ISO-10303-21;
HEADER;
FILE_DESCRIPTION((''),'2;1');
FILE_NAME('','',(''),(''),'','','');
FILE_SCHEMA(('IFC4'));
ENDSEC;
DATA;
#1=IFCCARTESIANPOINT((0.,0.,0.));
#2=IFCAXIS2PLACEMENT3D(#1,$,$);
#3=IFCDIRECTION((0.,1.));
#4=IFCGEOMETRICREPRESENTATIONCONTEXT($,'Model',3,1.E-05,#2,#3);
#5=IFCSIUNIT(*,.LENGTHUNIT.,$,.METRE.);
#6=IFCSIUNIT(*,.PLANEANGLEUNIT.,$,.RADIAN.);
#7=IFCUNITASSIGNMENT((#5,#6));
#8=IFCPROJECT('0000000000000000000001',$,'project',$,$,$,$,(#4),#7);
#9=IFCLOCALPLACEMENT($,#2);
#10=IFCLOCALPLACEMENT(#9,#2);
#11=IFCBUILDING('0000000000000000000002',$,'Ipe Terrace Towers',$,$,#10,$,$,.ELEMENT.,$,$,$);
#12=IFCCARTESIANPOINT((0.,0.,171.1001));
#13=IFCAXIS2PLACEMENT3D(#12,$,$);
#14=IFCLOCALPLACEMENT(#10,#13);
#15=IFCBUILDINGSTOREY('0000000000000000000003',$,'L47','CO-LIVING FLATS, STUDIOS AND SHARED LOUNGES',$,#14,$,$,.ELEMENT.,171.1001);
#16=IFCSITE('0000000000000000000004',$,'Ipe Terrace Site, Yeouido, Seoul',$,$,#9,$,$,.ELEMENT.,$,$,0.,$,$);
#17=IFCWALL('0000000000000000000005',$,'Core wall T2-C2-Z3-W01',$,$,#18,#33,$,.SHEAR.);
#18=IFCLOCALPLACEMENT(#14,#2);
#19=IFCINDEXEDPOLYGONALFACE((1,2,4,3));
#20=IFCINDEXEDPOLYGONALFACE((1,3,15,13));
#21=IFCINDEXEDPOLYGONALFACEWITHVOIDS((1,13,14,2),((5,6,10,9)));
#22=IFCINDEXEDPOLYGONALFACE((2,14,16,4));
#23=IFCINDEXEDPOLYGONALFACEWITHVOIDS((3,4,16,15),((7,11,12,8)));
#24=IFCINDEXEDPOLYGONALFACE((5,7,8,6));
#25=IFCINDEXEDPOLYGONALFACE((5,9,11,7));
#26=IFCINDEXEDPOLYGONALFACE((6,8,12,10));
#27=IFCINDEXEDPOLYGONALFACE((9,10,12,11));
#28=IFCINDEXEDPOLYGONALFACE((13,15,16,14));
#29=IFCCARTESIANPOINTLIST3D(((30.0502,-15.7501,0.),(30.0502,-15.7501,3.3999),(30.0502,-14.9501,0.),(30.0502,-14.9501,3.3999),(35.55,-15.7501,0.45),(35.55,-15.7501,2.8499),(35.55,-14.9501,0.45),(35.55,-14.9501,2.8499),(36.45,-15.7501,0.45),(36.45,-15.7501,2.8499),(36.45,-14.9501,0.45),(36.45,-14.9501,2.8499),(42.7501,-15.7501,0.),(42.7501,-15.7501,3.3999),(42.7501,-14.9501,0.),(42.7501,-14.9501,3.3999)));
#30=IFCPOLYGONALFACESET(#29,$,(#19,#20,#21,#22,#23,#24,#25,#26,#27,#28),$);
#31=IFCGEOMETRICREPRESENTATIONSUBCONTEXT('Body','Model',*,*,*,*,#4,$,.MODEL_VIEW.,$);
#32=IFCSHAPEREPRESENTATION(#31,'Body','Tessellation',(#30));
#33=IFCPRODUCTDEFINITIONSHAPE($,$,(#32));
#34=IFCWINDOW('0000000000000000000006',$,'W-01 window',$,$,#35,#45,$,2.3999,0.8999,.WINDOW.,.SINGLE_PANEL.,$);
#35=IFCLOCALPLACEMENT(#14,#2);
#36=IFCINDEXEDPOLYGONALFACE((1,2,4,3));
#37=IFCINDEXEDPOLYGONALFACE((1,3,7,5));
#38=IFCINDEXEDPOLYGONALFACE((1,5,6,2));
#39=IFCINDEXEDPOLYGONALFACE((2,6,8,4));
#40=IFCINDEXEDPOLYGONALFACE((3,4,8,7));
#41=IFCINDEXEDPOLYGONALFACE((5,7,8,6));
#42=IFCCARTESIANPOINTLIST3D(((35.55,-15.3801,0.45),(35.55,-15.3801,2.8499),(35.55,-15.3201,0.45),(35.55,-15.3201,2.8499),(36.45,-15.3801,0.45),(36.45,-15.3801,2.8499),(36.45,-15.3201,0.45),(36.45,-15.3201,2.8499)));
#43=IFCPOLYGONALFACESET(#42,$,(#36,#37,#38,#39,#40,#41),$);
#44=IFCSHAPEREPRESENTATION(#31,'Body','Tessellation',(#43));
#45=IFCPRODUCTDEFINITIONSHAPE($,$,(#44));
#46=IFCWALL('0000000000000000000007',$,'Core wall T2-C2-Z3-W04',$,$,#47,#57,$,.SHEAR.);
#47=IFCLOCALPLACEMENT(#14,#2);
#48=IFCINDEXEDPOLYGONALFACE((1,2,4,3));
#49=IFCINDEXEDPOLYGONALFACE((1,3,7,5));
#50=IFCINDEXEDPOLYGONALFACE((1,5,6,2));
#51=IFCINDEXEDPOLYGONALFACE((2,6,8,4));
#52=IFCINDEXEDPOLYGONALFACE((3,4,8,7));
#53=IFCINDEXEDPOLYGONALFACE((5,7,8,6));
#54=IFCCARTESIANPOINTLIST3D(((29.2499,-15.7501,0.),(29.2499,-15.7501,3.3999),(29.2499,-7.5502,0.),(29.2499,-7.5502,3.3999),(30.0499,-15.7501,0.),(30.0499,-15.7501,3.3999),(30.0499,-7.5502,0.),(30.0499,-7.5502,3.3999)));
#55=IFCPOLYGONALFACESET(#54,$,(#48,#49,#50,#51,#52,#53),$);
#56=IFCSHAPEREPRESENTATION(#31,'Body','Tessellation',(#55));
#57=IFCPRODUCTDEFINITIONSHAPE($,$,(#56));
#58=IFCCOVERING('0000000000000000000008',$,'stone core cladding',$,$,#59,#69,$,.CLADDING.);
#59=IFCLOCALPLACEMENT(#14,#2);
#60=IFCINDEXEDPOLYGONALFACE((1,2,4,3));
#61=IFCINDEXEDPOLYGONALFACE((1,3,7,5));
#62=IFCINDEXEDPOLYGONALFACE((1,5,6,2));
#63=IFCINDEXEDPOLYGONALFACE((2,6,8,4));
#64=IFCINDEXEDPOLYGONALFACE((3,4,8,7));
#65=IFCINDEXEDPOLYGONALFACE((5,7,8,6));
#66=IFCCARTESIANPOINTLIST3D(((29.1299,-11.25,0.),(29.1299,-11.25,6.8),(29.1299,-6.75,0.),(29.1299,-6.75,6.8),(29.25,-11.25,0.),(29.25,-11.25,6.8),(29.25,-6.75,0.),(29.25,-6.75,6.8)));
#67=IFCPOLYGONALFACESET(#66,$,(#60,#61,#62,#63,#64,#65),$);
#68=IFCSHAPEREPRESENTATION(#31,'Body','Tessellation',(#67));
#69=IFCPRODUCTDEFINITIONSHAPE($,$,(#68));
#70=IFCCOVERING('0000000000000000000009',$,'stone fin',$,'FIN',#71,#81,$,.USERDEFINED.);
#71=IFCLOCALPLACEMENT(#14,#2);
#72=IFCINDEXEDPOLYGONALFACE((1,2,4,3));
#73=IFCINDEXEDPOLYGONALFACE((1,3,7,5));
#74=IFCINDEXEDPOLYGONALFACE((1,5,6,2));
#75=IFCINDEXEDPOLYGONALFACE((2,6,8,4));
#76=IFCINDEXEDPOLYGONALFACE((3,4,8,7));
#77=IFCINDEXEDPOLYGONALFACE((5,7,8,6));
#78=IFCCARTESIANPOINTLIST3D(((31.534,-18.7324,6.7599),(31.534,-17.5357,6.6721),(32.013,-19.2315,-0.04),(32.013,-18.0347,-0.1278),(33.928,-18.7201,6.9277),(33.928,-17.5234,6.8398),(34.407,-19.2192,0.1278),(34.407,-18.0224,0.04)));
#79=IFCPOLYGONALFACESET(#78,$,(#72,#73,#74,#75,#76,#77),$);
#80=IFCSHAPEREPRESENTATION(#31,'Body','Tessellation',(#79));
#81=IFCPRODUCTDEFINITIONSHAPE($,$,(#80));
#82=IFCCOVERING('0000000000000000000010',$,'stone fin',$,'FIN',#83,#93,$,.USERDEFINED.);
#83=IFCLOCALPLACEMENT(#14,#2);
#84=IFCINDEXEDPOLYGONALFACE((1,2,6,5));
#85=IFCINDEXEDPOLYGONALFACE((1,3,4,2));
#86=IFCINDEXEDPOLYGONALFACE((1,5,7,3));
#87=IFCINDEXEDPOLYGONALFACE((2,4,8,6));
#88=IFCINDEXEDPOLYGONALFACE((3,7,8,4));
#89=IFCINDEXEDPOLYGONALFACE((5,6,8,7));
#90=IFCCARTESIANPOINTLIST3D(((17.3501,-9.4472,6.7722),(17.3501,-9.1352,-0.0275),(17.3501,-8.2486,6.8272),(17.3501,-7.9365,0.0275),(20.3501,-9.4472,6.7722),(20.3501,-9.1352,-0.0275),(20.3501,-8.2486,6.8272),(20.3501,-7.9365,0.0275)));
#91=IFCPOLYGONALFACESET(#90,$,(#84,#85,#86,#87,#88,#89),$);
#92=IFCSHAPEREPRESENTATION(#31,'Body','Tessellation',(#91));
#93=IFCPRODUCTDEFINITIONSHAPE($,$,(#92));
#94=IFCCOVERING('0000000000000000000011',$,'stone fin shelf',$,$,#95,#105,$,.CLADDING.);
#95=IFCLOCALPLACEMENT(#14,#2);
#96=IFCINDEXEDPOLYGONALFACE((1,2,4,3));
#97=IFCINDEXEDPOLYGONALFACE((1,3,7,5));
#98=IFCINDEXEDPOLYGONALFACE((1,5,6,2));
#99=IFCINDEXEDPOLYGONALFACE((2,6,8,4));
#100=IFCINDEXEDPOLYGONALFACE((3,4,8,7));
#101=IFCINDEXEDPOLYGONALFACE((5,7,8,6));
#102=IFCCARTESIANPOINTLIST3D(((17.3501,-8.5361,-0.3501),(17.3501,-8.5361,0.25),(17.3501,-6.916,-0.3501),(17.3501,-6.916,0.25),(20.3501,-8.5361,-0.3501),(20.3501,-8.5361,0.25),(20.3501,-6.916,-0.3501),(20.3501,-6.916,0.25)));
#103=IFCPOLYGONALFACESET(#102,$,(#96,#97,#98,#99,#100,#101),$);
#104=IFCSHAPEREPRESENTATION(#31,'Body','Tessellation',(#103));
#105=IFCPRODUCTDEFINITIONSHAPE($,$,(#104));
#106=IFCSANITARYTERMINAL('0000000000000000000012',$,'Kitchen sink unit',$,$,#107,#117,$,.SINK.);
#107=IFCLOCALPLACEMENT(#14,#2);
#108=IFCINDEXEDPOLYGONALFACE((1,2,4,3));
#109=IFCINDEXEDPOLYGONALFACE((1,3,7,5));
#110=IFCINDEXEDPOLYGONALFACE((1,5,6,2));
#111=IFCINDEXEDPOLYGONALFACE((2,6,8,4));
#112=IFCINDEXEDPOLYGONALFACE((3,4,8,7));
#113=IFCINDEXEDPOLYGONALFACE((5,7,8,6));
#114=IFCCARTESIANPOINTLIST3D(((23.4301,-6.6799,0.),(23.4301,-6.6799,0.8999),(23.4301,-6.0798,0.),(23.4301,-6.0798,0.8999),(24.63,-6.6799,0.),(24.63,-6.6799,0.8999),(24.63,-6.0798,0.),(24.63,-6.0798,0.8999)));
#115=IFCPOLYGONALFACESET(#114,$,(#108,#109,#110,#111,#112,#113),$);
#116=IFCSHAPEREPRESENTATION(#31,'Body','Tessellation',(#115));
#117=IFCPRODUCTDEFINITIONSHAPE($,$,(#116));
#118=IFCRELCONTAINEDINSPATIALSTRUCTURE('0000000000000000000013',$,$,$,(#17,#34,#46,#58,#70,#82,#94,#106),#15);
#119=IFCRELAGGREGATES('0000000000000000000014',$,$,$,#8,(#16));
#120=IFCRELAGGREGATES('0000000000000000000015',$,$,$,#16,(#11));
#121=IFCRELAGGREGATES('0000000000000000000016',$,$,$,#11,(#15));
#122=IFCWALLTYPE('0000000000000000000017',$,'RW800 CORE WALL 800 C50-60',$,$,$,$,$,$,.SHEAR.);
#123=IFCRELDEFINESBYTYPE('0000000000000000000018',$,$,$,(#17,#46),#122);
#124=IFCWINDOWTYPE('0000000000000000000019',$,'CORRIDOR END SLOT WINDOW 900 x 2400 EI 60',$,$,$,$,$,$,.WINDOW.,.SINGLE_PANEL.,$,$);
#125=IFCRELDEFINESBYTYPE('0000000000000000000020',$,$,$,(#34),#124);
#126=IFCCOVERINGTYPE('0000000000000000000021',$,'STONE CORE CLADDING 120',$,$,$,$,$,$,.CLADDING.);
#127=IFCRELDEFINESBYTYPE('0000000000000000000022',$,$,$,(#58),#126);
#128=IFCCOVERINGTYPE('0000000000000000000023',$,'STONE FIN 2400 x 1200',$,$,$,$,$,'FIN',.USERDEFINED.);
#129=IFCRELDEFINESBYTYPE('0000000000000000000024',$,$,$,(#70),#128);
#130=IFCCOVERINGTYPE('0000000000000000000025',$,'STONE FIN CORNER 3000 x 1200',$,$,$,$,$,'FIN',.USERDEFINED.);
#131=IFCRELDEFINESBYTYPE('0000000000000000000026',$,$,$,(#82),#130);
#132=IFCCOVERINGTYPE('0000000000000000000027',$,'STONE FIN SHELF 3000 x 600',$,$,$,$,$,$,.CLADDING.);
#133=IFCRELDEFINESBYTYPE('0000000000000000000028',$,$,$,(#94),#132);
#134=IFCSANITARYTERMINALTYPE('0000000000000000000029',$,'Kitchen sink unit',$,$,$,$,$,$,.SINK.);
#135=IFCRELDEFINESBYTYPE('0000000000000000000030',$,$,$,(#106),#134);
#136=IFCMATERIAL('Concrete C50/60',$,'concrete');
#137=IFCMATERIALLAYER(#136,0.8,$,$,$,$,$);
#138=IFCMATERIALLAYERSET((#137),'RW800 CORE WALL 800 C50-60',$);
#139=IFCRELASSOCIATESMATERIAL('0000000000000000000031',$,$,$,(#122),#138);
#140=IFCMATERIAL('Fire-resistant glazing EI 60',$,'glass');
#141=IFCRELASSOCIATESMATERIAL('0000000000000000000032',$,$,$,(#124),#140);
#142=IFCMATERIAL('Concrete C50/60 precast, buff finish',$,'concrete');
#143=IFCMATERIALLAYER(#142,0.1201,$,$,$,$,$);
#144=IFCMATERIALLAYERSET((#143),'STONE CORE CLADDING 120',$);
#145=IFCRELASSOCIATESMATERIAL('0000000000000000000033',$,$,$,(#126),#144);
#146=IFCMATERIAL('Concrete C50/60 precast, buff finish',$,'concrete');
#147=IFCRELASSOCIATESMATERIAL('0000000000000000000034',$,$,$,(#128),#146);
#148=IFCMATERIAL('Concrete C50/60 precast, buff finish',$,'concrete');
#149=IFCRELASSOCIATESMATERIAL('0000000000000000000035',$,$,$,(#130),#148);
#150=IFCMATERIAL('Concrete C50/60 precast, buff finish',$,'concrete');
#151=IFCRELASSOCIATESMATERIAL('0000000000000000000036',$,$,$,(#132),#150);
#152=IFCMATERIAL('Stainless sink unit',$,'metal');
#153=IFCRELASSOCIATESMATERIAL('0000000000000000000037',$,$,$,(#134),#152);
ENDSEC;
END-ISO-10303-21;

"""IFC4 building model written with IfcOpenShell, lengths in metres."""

from ifc_helpers import new_model, si_unit, direction, frame, frame_2d, origin, origin_2d, place, context, subcontext, project, spatial, rectangle, extrude, material, layer, layer_set, material_profile, profile_set, type_object, element, fill, save


model = new_model("IFC4")

# Units and contexts
model_context = context("Model", 3, precision=1e-05, world=origin(), true_north=direction((0.0, 1.0)))
body_context = subcontext(model_context, "Body", "Model", "MODEL_VIEW")
ifc_project = project(units=[si_unit("LENGTHUNIT", "METRE"), si_unit("PLANEANGLEUNIT", "RADIAN")], contexts=[model_context])

# Site, building, storey
site_placement = place(None, origin())
site = spatial("IfcSite", under=ifc_project, at=site_placement, Name="Ipe Terrace Site, Yeouido, Seoul", CompositionType="ELEMENT", RefElevation=0.0)
building_placement = place(site_placement, origin())
building = spatial("IfcBuilding", under=site, at=building_placement, Name="Ipe Terrace Towers", CompositionType="ELEMENT")
storey_placement = place(building_placement, frame((0.0, 0.0, 171.1001)))
storey = spatial("IfcBuildingStorey", under=building, at=storey_placement, Name="L47", Description="CO-LIVING FLATS, STUDIOS AND SHARED LOUNGES", CompositionType="ELEMENT", Elevation=171.1001)

# Wall, opening, window
ifc_material_1 = material(Name="Concrete C50/60", Category="concrete")
ifc_layer_1 = layer(ifc_material_1, 0.8)
ifc_layer_set_1 = layer_set([ifc_layer_1], Name="RW800 CORE WALL 800 C50-60")
wall_type_1 = type_object("IfcWallType", Name="RW800 CORE WALL 800 C50-60", PredefinedType="SHEAR", material=ifc_layer_set_1)
wall_1_placement = place(storey_placement, frame((30.05, -15.3501, 0.0), z_axis=(0.0, 0.0, 1.0), x_axis=(1.0, 0.0, 0.0)))
wall_1 = element("IfcWall", 1, at=wall_1_placement, inside=storey, type_object=wall_type_1, Name="Core wall T2-C2-Z3-W01", PredefinedType="SHEAR", context=body_context, shape_type="SweptSolid", body=[
    extrude(rectangle(XDim=12.7, YDim=0.8, at=frame_2d((6.3501, 0.0))), origin(), (0.0, 0.0, 1.0), 3.3999),
])
opening_1_placement = place(wall_1_placement, frame((5.5, 0.0, 0.45)))
opening_1 = element("IfcOpeningElement", 2, at=opening_1_placement, cuts=wall_1, PredefinedType="OPENING", context=body_context, shape_type="SweptSolid", body=[
    extrude(rectangle(XDim=0.8999, YDim=2.3999, at=frame_2d((0.45, 1.2))), frame((0.0, 0.4102, 0.0), z_axis=(0.0, -1.0, 0.0), x_axis=(1.0, 0.0, 0.0)), (0.0, 0.0, 1.0), 0.8201),
])
ifc_material_2 = material(Name="Fire-resistant glazing EI 60", Category="glass")
window_type = type_object("IfcWindowType", Name="CORRIDOR END SLOT WINDOW 900 x 2400 EI 60", PartitioningType="SINGLE_PANEL", PredefinedType="WINDOW", material=ifc_material_2)
window_placement = place(opening_1_placement, origin())
window = element("IfcWindow", 3, at=window_placement, inside=storey, type_object=window_type, Name="W-01 window", OverallHeight=2.3999, OverallWidth=0.8999, PartitioningType="SINGLE_PANEL", PredefinedType="WINDOW", context=body_context, shape_type="SweptSolid", body=[
    extrude(rectangle(XDim=0.8999, YDim=2.3999, at=frame_2d((0.45, 1.2))), frame((0.0, 0.03, 0.0), z_axis=(0.0, -1.0, 0.0), x_axis=(1.0, 0.0, 0.0)), (0.0, 0.0, 1.0), 0.0601),
])
fill(opening_1, window)

# Wall
wall_2_placement = place(storey_placement, frame((29.6499, -7.55, 0.0), z_axis=(0.0, 0.0, 1.0), x_axis=(0.0, -1.0, 0.0)))
element("IfcWall", 4, at=wall_2_placement, inside=storey, type_object=wall_type_1, Name="Core wall T2-C2-Z3-W04", PredefinedType="SHEAR", context=body_context, shape_type="SweptSolid", body=[
    extrude(rectangle(XDim=8.2, YDim=0.8, at=frame_2d((4.1001, 0.0))), origin(), (0.0, 0.0, 1.0), 3.3999),
])

# Coverings
ifc_material_3 = material(Name="Concrete C50/60 precast, buff finish", Category="concrete")
ifc_layer_2 = layer(ifc_material_3, 0.1201)
ifc_layer_set_2 = layer_set([ifc_layer_2], Name="STONE CORE CLADDING 120")
covering_type_1 = type_object("IfcCoveringType", Name="STONE CORE CLADDING 120", PredefinedType="CLADDING", material=ifc_layer_set_2)
covering_1_placement = place(storey_placement, frame((29.1899, -9.0, 0.0), z_axis=(0.0, 0.0, 1.0), x_axis=(0.0, -1.0, 0.0)))
element("IfcCovering", 5, at=covering_1_placement, inside=storey, type_object=covering_type_1, Name="stone core cladding", PredefinedType="CLADDING", context=body_context, shape_type="SweptSolid", body=[
    extrude(rectangle(XDim=4.5, YDim=0.1201, at=origin_2d()), origin(), (0.0, 0.0, 1.0), 6.8),
])
ifc_material_4 = material(Name="Concrete C50/60 precast, buff finish", Category="concrete")
ifc_material_profile_1 = material_profile(ifc_material_4, rectangle(XDim=2.3999, YDim=1.2, at=origin_2d()), Name="STONE FIN 2400 x 1200")
ifc_profile_set_1 = profile_set([ifc_material_profile_1], Name="Concrete C50/60 precast, buff finish")
covering_type_2 = type_object("IfcCoveringType", Name="STONE FIN 2400 x 1200", ElementType="FIN", PredefinedType="USERDEFINED", material=ifc_profile_set_1)
covering_2_placement = place(storey_placement, frame((33.21, -18.627, 0.0), z_axis=(-0.070082, 0.073011, 0.994866), x_axis=(0.997541, 0.005129, 0.069894)))
element("IfcCovering", 6, at=covering_2_placement, inside=storey, type_object=covering_type_2, Name="stone fin", ObjectType="FIN", PredefinedType="USERDEFINED", context=body_context, shape_type="SweptSolid", body=[
    extrude(rectangle(XDim=2.3999, YDim=1.2, at=origin_2d()), origin(), (0.0, 0.0, 1.0), 6.835),
])
ifc_material_5 = material(Name="Concrete C50/60 precast, buff finish", Category="concrete")
ifc_material_profile_2 = material_profile(ifc_material_5, rectangle(XDim=3.0, YDim=1.2, at=origin_2d()), Name="STONE FIN CORNER 3000 x 1200")
ifc_profile_set_2 = profile_set([ifc_material_profile_2], Name="Concrete C50/60 precast, buff finish")
covering_type_3 = type_object("IfcCoveringType", Name="STONE FIN CORNER 3000 x 1200", ElementType="FIN", PredefinedType="USERDEFINED", material=ifc_profile_set_2)
covering_3_placement = place(storey_placement, frame((18.8501, -8.5359, 0.0), z_axis=(0.0, -0.045837, 0.998949), x_axis=(1.0, 0.0, 0.0)))
element("IfcCovering", 7, at=covering_3_placement, inside=storey, type_object=covering_type_3, Name="stone fin", ObjectType="FIN", PredefinedType="USERDEFINED", context=body_context, shape_type="SweptSolid", body=[
    extrude(rectangle(XDim=3.0, YDim=1.2, at=origin_2d()), origin(), (0.0, 0.0, 1.0), 6.8069),
])
ifc_material_6 = material(Name="Concrete C50/60 precast, buff finish", Category="concrete")
covering_type_4 = type_object("IfcCoveringType", Name="STONE FIN SHELF 3000 x 600", PredefinedType="CLADDING", material=ifc_material_6)
covering_4_placement = place(storey_placement, frame((18.8501, -7.7261, -0.3501), z_axis=(0.0, 0.0, 1.0), x_axis=(1.0, 0.0, 0.0)))
element("IfcCovering", 8, at=covering_4_placement, inside=storey, type_object=covering_type_4, Name="stone fin shelf", PredefinedType="CLADDING", context=body_context, shape_type="SweptSolid", body=[
    extrude(rectangle(XDim=3.0, YDim=1.6201, at=origin_2d()), origin(), (0.0, 0.0, 1.0), 0.6001),
])

# Sanitary terminal
ifc_material_7 = material(Name="Stainless sink unit", Category="metal")
sanitary_terminal_type = type_object("IfcSanitaryTerminalType", Name="Kitchen sink unit", PredefinedType="SINK", material=ifc_material_7)
sanitary_terminal_placement = place(storey_placement, frame((24.03, -6.3799, 0.0), z_axis=(0.0, 0.0, 1.0), x_axis=(-1.0, 0.0, 0.0)))
element("IfcSanitaryTerminal", 9, at=sanitary_terminal_placement, inside=storey, type_object=sanitary_terminal_type, Name="Kitchen sink unit", PredefinedType="SINK", context=body_context, shape_type="SweptSolid", body=[
    extrude(rectangle(XDim=1.2, YDim=0.6001, at=origin_2d()), origin(), (0.0, 0.0, 1.0), 0.8999),
])

save(model, "model.ifc")
